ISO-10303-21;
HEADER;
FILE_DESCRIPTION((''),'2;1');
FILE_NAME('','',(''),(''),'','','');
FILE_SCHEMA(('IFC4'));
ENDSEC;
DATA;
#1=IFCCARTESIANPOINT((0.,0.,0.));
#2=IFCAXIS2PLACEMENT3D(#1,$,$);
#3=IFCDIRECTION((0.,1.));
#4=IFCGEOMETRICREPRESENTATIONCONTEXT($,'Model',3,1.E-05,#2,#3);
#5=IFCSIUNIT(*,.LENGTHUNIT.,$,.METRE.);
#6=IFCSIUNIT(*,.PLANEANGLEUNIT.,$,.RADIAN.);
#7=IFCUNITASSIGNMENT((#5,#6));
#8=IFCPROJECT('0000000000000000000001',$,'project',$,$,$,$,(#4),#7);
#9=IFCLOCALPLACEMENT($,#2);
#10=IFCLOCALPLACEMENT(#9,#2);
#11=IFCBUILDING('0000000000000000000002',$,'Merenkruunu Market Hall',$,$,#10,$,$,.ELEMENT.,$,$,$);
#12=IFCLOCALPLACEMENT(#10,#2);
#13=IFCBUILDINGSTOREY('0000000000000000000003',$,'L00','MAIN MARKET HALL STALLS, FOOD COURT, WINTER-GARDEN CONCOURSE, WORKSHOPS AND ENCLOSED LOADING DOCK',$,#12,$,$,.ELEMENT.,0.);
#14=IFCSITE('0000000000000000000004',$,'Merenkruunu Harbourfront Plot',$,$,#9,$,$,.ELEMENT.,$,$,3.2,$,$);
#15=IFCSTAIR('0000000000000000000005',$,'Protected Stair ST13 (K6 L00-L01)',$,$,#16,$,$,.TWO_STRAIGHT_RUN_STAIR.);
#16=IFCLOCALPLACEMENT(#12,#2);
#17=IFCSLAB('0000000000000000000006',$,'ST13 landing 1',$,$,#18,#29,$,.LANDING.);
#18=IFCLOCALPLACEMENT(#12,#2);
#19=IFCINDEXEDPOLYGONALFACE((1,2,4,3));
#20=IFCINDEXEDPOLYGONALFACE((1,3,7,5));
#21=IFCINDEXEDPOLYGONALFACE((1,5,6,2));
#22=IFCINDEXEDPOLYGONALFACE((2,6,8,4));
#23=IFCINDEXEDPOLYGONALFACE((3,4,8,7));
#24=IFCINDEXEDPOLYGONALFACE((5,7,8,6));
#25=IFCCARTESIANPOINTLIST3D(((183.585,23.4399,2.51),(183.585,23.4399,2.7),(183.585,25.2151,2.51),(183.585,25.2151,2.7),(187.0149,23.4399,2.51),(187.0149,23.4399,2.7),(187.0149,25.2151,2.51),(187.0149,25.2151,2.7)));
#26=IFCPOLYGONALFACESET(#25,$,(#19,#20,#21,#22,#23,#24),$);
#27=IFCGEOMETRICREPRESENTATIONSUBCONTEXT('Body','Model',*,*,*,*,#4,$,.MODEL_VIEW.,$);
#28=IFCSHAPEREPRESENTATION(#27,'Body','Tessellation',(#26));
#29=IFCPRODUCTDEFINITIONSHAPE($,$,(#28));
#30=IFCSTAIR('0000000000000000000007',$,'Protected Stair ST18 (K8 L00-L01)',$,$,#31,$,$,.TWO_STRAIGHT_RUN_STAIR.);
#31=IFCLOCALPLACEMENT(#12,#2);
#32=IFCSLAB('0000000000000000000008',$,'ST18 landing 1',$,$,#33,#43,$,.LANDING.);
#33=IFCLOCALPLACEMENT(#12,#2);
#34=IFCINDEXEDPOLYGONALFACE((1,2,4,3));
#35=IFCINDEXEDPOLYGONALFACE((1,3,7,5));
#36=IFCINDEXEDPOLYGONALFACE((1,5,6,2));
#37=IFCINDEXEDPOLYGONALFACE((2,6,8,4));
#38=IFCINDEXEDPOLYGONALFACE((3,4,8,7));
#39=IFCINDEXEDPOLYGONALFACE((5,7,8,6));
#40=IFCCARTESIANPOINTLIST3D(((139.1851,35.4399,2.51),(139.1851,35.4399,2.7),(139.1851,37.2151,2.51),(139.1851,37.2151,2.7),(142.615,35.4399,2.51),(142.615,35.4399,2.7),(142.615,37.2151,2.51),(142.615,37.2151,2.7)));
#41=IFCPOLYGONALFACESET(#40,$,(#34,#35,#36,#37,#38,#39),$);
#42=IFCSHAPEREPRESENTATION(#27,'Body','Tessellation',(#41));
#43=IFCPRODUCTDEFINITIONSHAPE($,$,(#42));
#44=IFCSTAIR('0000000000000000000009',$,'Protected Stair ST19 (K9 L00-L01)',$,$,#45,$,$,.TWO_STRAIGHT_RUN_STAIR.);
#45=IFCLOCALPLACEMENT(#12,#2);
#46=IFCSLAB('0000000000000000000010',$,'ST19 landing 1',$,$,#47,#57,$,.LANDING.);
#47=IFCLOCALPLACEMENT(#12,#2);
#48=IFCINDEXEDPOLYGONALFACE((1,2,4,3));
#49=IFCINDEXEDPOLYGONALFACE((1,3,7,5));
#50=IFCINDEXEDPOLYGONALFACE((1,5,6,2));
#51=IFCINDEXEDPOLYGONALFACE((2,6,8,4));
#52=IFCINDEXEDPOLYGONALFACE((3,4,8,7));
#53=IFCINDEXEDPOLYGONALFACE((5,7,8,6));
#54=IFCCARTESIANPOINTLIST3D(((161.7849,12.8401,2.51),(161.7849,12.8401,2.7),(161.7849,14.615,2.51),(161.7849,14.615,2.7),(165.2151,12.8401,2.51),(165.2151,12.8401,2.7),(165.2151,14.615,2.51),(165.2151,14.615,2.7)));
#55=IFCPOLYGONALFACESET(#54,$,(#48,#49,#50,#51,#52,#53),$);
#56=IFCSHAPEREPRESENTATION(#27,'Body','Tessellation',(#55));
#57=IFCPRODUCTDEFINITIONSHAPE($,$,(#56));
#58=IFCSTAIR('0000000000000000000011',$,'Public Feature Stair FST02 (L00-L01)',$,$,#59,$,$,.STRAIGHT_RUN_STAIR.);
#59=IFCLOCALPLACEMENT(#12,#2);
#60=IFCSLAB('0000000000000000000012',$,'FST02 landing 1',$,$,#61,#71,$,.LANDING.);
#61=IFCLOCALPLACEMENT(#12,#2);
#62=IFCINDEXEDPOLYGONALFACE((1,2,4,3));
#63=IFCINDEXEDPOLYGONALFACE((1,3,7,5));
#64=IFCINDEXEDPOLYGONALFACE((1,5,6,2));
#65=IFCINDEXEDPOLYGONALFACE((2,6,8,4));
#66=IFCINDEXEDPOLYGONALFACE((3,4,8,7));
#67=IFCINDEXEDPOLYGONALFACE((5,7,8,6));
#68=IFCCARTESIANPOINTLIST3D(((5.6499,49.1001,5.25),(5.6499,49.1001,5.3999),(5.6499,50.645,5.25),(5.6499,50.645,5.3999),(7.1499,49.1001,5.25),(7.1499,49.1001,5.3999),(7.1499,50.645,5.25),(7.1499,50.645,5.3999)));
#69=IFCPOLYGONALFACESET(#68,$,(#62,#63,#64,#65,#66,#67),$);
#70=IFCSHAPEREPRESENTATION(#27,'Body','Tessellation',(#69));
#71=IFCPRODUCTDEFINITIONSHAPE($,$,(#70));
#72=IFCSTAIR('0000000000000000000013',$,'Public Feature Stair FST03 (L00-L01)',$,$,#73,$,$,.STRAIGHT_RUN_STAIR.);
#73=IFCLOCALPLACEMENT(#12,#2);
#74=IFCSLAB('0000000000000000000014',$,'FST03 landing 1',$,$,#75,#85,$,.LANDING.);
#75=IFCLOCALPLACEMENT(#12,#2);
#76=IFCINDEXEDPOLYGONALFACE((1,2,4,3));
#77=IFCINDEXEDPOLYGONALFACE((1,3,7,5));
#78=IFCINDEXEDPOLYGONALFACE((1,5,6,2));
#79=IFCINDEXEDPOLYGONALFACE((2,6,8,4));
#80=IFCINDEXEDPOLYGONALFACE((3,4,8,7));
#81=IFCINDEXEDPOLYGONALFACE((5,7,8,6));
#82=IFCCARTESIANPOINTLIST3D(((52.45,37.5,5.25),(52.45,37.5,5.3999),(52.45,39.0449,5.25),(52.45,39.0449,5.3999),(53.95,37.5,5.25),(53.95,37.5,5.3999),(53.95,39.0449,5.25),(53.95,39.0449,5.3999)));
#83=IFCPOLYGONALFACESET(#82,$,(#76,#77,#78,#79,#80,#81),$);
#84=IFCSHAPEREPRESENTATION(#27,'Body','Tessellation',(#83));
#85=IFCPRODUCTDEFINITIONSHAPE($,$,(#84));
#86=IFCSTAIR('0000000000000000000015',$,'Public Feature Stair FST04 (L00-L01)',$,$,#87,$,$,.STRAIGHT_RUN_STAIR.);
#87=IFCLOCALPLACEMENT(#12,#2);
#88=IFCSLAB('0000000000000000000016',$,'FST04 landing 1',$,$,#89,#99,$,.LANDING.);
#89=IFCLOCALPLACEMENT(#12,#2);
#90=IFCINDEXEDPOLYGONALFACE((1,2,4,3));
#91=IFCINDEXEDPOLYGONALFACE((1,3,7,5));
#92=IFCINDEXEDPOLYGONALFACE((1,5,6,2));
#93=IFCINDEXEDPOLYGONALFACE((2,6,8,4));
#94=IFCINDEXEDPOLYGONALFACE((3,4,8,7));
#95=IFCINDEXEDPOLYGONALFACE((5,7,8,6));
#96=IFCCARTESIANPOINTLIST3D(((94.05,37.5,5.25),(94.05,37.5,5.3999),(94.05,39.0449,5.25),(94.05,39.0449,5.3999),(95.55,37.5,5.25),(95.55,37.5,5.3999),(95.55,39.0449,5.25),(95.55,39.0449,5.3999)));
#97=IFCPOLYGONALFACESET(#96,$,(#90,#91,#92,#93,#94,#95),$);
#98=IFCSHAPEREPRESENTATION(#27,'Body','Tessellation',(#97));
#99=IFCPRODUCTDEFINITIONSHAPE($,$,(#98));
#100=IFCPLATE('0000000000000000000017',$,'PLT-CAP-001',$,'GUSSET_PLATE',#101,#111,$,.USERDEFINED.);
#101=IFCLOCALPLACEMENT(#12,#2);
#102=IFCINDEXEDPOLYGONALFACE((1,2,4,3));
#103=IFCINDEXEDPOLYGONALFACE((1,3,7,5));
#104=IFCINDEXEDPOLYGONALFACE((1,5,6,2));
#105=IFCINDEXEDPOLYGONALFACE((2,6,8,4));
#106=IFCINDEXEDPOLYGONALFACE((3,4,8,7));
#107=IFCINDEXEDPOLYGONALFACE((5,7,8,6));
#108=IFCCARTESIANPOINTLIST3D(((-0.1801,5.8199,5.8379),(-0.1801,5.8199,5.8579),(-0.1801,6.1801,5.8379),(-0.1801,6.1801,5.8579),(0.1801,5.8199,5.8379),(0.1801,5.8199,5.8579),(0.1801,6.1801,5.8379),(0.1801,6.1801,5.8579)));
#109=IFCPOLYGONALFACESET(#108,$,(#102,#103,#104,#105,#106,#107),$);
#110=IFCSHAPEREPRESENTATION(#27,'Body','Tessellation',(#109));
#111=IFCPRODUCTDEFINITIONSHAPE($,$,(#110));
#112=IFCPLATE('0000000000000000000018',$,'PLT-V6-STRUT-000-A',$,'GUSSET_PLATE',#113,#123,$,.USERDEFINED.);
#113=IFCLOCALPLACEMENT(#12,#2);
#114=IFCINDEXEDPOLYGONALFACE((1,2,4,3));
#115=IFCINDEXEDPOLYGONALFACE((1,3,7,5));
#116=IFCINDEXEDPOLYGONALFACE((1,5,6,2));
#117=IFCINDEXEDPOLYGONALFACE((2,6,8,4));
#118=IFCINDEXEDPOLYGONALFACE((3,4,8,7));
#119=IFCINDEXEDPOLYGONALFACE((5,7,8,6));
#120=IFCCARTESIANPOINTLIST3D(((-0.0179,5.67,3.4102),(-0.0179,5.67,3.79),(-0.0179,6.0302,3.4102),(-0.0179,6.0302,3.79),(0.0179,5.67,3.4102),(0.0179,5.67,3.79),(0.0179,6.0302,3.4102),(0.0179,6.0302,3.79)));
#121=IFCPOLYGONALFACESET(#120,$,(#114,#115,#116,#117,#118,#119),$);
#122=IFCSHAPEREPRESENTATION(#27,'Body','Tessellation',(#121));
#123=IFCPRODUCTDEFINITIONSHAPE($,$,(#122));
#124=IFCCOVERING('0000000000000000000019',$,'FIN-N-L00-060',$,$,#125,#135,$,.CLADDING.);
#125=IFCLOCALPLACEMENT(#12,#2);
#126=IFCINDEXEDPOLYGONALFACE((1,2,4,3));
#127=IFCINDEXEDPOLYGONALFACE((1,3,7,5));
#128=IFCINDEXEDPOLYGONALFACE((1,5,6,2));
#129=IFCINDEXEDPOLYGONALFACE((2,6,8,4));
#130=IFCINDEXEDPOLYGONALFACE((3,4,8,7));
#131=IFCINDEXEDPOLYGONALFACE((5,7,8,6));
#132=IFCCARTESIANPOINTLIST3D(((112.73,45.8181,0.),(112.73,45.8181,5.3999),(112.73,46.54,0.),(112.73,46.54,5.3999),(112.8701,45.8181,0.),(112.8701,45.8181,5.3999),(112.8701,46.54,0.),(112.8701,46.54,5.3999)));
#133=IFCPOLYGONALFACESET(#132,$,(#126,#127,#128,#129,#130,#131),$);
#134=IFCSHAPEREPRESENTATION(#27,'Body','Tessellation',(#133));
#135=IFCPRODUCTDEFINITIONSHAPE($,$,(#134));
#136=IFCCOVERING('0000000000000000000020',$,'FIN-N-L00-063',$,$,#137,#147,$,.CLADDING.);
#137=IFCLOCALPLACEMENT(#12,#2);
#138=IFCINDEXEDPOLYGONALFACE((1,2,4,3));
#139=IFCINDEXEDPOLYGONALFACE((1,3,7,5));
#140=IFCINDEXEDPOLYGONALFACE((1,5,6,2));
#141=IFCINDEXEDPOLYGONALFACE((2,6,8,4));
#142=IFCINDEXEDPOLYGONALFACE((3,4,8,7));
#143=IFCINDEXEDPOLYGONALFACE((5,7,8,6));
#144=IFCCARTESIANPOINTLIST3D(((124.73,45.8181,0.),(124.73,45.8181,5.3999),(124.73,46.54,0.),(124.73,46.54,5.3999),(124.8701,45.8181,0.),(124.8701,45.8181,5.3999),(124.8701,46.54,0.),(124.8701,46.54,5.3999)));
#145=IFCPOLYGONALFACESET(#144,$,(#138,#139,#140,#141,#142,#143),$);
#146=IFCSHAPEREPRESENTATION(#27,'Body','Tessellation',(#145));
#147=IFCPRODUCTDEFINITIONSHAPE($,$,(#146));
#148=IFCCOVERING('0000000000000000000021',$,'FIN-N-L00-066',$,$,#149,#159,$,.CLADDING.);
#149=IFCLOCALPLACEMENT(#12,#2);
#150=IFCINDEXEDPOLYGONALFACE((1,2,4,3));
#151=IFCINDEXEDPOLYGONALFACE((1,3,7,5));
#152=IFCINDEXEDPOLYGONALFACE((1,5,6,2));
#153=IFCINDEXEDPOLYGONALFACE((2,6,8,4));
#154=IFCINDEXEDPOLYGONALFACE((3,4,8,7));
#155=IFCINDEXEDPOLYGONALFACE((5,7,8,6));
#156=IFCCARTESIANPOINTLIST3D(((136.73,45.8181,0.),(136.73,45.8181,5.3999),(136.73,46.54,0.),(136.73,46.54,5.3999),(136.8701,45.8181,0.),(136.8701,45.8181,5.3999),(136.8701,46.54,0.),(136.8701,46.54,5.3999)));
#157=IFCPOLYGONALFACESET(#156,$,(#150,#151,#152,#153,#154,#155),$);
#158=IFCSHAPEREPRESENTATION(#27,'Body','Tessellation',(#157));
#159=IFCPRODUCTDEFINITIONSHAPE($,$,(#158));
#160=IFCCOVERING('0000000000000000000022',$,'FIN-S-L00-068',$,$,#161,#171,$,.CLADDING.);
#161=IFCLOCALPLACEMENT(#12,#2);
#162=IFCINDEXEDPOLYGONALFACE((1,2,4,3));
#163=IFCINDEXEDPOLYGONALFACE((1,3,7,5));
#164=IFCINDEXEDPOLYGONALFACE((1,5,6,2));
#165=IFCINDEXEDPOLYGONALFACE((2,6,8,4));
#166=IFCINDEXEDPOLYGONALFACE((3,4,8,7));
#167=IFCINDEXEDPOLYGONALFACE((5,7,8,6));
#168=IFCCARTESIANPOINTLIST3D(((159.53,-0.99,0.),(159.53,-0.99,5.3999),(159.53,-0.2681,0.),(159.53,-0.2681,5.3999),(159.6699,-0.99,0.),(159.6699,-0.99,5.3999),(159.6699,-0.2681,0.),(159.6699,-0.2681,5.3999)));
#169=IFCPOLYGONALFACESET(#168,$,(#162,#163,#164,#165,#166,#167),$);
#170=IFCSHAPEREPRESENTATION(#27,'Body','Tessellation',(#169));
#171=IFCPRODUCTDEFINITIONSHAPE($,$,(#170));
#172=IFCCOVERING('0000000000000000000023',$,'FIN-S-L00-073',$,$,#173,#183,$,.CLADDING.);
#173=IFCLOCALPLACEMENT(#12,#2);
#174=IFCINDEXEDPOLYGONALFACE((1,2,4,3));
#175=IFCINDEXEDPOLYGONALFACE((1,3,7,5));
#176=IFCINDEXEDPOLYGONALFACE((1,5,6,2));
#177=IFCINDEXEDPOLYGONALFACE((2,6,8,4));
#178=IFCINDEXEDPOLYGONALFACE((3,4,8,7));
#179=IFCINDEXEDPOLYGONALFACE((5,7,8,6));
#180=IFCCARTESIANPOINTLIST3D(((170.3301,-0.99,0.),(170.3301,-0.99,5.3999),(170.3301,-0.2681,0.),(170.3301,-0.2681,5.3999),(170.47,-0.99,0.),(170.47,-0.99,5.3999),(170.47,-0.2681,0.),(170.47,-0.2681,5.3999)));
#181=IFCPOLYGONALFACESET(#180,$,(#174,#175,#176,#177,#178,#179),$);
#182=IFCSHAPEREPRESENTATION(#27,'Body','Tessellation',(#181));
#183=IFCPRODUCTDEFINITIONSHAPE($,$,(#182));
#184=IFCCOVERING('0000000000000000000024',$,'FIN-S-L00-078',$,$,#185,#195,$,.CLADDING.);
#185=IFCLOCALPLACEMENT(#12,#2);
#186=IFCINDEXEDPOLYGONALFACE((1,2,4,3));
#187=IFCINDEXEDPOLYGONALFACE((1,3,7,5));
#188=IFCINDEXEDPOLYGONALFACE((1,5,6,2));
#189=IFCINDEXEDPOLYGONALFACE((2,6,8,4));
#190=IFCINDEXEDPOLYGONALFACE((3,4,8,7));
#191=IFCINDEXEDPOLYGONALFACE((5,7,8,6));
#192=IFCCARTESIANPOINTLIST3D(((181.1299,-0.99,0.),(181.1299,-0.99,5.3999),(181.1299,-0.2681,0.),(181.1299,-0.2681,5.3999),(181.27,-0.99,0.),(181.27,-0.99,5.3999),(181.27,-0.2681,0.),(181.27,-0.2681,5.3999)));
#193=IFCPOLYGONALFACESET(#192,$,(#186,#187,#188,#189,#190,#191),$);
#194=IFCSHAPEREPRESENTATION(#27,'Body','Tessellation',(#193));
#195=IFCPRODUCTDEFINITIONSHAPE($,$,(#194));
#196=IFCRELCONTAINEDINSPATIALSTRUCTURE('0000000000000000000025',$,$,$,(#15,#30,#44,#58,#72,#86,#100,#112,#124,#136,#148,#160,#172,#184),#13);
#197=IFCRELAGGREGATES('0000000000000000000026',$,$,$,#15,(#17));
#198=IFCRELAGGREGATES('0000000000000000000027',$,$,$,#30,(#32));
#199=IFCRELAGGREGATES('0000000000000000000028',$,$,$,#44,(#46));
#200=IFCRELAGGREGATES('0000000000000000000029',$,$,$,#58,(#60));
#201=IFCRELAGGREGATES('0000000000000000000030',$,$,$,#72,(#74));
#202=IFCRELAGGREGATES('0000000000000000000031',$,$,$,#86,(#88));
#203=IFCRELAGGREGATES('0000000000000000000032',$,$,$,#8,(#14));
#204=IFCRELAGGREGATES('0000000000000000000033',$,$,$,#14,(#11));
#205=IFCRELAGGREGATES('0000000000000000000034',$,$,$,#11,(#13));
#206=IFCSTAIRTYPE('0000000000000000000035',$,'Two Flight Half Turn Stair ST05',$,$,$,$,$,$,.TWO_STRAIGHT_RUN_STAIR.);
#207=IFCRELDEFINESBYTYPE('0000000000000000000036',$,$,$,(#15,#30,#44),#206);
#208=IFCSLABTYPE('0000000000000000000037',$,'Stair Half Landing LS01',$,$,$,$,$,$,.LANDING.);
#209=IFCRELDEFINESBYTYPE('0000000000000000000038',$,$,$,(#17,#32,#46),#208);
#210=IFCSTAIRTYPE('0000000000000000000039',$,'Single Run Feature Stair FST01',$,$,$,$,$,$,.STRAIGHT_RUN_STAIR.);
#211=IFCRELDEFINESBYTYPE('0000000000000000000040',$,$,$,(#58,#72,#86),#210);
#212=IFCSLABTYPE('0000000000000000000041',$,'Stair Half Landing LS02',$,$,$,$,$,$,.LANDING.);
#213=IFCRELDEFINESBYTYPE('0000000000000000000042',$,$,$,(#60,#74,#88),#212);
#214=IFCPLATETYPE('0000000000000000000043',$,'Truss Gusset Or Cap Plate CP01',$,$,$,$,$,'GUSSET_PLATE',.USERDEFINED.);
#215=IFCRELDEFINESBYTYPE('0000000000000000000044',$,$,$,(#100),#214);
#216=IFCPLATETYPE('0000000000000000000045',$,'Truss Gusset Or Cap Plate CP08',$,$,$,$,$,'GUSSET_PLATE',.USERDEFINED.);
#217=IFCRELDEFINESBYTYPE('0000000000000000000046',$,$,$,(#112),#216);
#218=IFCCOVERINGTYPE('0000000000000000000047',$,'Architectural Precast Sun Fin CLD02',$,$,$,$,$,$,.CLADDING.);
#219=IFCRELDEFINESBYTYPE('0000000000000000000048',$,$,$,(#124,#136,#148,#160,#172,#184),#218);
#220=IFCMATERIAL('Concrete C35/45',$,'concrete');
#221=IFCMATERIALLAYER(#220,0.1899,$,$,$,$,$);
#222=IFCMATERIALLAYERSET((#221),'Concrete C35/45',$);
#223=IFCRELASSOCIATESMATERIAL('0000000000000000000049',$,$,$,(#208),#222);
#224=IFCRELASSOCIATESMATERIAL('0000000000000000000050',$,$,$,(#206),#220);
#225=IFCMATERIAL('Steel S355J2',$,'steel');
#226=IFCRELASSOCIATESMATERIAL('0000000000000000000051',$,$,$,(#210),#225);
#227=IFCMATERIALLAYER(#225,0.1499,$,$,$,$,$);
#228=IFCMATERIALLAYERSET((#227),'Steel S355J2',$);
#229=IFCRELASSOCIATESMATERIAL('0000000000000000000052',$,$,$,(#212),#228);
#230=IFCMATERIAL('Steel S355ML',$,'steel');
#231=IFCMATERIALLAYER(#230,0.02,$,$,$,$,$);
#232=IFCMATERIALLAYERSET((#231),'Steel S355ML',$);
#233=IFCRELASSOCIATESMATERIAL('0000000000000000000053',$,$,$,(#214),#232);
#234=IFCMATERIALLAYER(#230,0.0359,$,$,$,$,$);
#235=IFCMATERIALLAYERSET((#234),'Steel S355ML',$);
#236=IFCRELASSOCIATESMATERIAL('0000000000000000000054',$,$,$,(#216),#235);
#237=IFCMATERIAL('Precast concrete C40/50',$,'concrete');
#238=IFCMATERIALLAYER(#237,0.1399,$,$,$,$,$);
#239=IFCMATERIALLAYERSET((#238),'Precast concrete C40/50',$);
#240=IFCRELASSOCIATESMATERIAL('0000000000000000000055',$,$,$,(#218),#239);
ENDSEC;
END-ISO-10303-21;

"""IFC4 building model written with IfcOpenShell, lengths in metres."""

from ifc_helpers import new_model, si_unit, direction, frame, origin, origin_2d, place, context, subcontext, project, spatial, polyline, rectangle, outline, extrude, material, layer, layer_set, type_object, element, aggregate, save


model = new_model("IFC4")

# Units and contexts
model_context = context("Model", 3, precision=1e-05, world=origin(), true_north=direction((0.0, 1.0)))
body_context = subcontext(model_context, "Body", "Model", "MODEL_VIEW")
ifc_project = project(units=[si_unit("LENGTHUNIT", "METRE"), si_unit("PLANEANGLEUNIT", "RADIAN")], contexts=[model_context])

# Site, building, storey
site_placement = place(None, origin())
site = spatial("IfcSite", under=ifc_project, at=site_placement, Name="Merenkruunu Harbourfront Plot", CompositionType="ELEMENT", RefElevation=3.2)
building_placement = place(site_placement, origin())
building = spatial("IfcBuilding", under=site, at=building_placement, Name="Merenkruunu Market Hall", CompositionType="ELEMENT")
storey_placement = place(building_placement, origin())
storey = spatial("IfcBuildingStorey", under=building, at=storey_placement, Name="L00", Description="MAIN MARKET HALL STALLS, FOOD COURT, WINTER-GARDEN CONCOURSE, WORKSHOPS AND ENCLOSED LOADING DOCK", CompositionType="ELEMENT", Elevation=0.0)

# Shared definitions
ifc_material_1 = material(Name="Steel S355ML", Category="steel")

# Shared definitions
ifc_material_2 = material(Name="Steel S355J2", Category="steel")

# Stairs, slabs
ifc_material_3 = material(Name="Concrete C35/45", Category="concrete")
ifc_layer_1 = layer(ifc_material_3, 0.1899)
ifc_layer_set_1 = layer_set([ifc_layer_1], Name="Concrete C35/45")
slab_type_1 = type_object("IfcSlabType", Name="Stair Half Landing LS01", PredefinedType="LANDING", material=ifc_layer_set_1)
stair_type_1 = type_object("IfcStairType", Name="Two Flight Half Turn Stair ST05", PredefinedType="TWO_STRAIGHT_RUN_STAIR", material=ifc_material_3)
stair_1_placement = place(storey_placement, origin())
stair_1 = element("IfcStair", 1, at=stair_1_placement, inside=storey, type_object=stair_type_1, Name="Protected Stair ST13 (K6 L00-L01)", PredefinedType="TWO_STRAIGHT_RUN_STAIR")
slab_1_placement = place(storey_placement, frame((0.0, 0.0, 2.51)))
slab_1 = element("IfcSlab", 2, at=slab_1_placement, type_object=slab_type_1, Name="ST13 landing 1", PredefinedType="LANDING", context=body_context, shape_type="SweptSolid", body=[
    extrude(outline(polyline([(183.585, 23.4399), (187.0149, 23.4399), (187.0149, 25.2151), (183.585, 25.2151), (183.585, 23.4399)])), origin(), (0.0, 0.0, 1.0), 0.1899),
])
aggregate(stair_1, [slab_1])
stair_2_placement = place(storey_placement, origin())
stair_2 = element("IfcStair", 3, at=stair_2_placement, inside=storey, type_object=stair_type_1, Name="Protected Stair ST18 (K8 L00-L01)", PredefinedType="TWO_STRAIGHT_RUN_STAIR")
slab_2_placement = place(storey_placement, frame((0.0, 0.0, 2.51)))
slab_2 = element("IfcSlab", 4, at=slab_2_placement, type_object=slab_type_1, Name="ST18 landing 1", PredefinedType="LANDING", context=body_context, shape_type="SweptSolid", body=[
    extrude(outline(polyline([(139.1851, 35.4399), (142.615, 35.4399), (142.615, 37.2151), (139.1851, 37.2151), (139.1851, 35.4399)])), origin(), (0.0, 0.0, 1.0), 0.1899),
])
aggregate(stair_2, [slab_2])
stair_3_placement = place(storey_placement, origin())
stair_3 = element("IfcStair", 5, at=stair_3_placement, inside=storey, type_object=stair_type_1, Name="Protected Stair ST19 (K9 L00-L01)", PredefinedType="TWO_STRAIGHT_RUN_STAIR")
slab_3_placement = place(storey_placement, frame((0.0, 0.0, 2.51)))
slab_3 = element("IfcSlab", 6, at=slab_3_placement, type_object=slab_type_1, Name="ST19 landing 1", PredefinedType="LANDING", context=body_context, shape_type="SweptSolid", body=[
    extrude(outline(polyline([(161.7849, 12.8401), (165.2151, 12.8401), (165.2151, 14.615), (161.7849, 14.615), (161.7849, 12.8401)])), origin(), (0.0, 0.0, 1.0), 0.1899),
])
aggregate(stair_3, [slab_3])
stair_type_2 = type_object("IfcStairType", Name="Single Run Feature Stair FST01", PredefinedType="STRAIGHT_RUN_STAIR", material=ifc_material_2)
stair_4_placement = place(storey_placement, origin())
stair_4 = element("IfcStair", 7, at=stair_4_placement, inside=storey, type_object=stair_type_2, Name="Public Feature Stair FST02 (L00-L01)", PredefinedType="STRAIGHT_RUN_STAIR")
ifc_layer_2 = layer(ifc_material_2, 0.1499)
ifc_layer_set_2 = layer_set([ifc_layer_2], Name="Steel S355J2")
slab_type_2 = type_object("IfcSlabType", Name="Stair Half Landing LS02", PredefinedType="LANDING", material=ifc_layer_set_2)
slab_4_placement = place(storey_placement, frame((0.0, 0.0, 5.25)))
slab_4 = element("IfcSlab", 8, at=slab_4_placement, type_object=slab_type_2, Name="FST02 landing 1", PredefinedType="LANDING", context=body_context, shape_type="SweptSolid", body=[
    extrude(outline(polyline([(5.6499, 49.1001), (7.1499, 49.1001), (7.1499, 50.645), (5.6499, 50.645), (5.6499, 49.1001)])), origin(), (0.0, 0.0, 1.0), 0.1499),
])
aggregate(stair_4, [slab_4])
stair_5_placement = place(storey_placement, origin())
stair_5 = element("IfcStair", 9, at=stair_5_placement, inside=storey, type_object=stair_type_2, Name="Public Feature Stair FST03 (L00-L01)", PredefinedType="STRAIGHT_RUN_STAIR")
slab_5_placement = place(storey_placement, frame((0.0, 0.0, 5.25)))
slab_5 = element("IfcSlab", 10, at=slab_5_placement, type_object=slab_type_2, Name="FST03 landing 1", PredefinedType="LANDING", context=body_context, shape_type="SweptSolid", body=[
    extrude(outline(polyline([(52.45, 37.5), (53.95, 37.5), (53.95, 39.0449), (52.45, 39.0449), (52.45, 37.5)])), origin(), (0.0, 0.0, 1.0), 0.1499),
])
aggregate(stair_5, [slab_5])
stair_6_placement = place(storey_placement, origin())
stair_6 = element("IfcStair", 11, at=stair_6_placement, inside=storey, type_object=stair_type_2, Name="Public Feature Stair FST04 (L00-L01)", PredefinedType="STRAIGHT_RUN_STAIR")
slab_6_placement = place(storey_placement, frame((0.0, 0.0, 5.25)))
slab_6 = element("IfcSlab", 12, at=slab_6_placement, type_object=slab_type_2, Name="FST04 landing 1", PredefinedType="LANDING", context=body_context, shape_type="SweptSolid", body=[
    extrude(outline(polyline([(94.05, 37.5), (95.55, 37.5), (95.55, 39.0449), (94.05, 39.0449), (94.05, 37.5)])), origin(), (0.0, 0.0, 1.0), 0.1499),
])
aggregate(stair_6, [slab_6])

# Plates
ifc_layer_3 = layer(ifc_material_1, 0.02)
ifc_layer_set_3 = layer_set([ifc_layer_3], Name="Steel S355ML")
plate_type_1 = type_object("IfcPlateType", Name="Truss Gusset Or Cap Plate CP01", ElementType="GUSSET_PLATE", PredefinedType="USERDEFINED", material=ifc_layer_set_3)
plate_1_placement = place(storey_placement, frame((0.0, 6.0, 5.8379), z_axis=(0.0, 0.0, 1.0), x_axis=(1.0, 0.0, 0.0)))
element("IfcPlate", 13, at=plate_1_placement, inside=storey, type_object=plate_type_1, Name="PLT-CAP-001", ObjectType="GUSSET_PLATE", PredefinedType="USERDEFINED", context=body_context, shape_type="SweptSolid", body=[
    extrude(rectangle(XDim=0.3601, YDim=0.3601, at=origin_2d()), origin(), (0.0, 0.0, 1.0), 0.02),
])
ifc_layer_4 = layer(ifc_material_1, 0.0359)
ifc_layer_set_4 = layer_set([ifc_layer_4], Name="Steel S355ML")
plate_type_2 = type_object("IfcPlateType", Name="Truss Gusset Or Cap Plate CP08", ElementType="GUSSET_PLATE", PredefinedType="USERDEFINED", material=ifc_layer_set_4)
plate_2_placement = place(storey_placement, frame((0.0, 5.8501, 3.4102), z_axis=(0.0, 0.0, 1.0), x_axis=(1.0, 0.0, 0.0)))
element("IfcPlate", 14, at=plate_2_placement, inside=storey, type_object=plate_type_2, Name="PLT-V6-STRUT-000-A", ObjectType="GUSSET_PLATE", PredefinedType="USERDEFINED", context=body_context, shape_type="SweptSolid", body=[
    extrude(rectangle(XDim=0.0359, YDim=0.3601, at=origin_2d()), origin(), (0.0, 0.0, 1.0), 0.3799),
])

# Coverings
ifc_material_4 = material(Name="Precast concrete C40/50", Category="concrete")
ifc_layer_5 = layer(ifc_material_4, 0.1399)
ifc_layer_set_5 = layer_set([ifc_layer_5], Name="Precast concrete C40/50")
covering_type_1 = type_object("IfcCoveringType", Name="Architectural Precast Sun Fin CLD02", PredefinedType="CLADDING", material=ifc_layer_set_5)
covering_1_placement = place(storey_placement, origin())
element("IfcCovering", 15, at=covering_1_placement, inside=storey, type_object=covering_type_1, Name="FIN-N-L00-060", PredefinedType="CLADDING", context=body_context, shape_type="SweptSolid", body=[
    extrude(outline(polyline([(112.73, 45.8181), (112.8701, 45.8181), (112.8701, 46.54), (112.73, 46.54), (112.73, 45.8181)])), origin(), (0.0, 0.0, 1.0), 5.3999),
])
covering_2_placement = place(storey_placement, origin())
element("IfcCovering", 16, at=covering_2_placement, inside=storey, type_object=covering_type_1, Name="FIN-N-L00-063", PredefinedType="CLADDING", context=body_context, shape_type="SweptSolid", body=[
    extrude(outline(polyline([(124.73, 45.8181), (124.8701, 45.8181), (124.8701, 46.54), (124.73, 46.54), (124.73, 45.8181)])), origin(), (0.0, 0.0, 1.0), 5.3999),
])
covering_3_placement = place(storey_placement, origin())
element("IfcCovering", 17, at=covering_3_placement, inside=storey, type_object=covering_type_1, Name="FIN-N-L00-066", PredefinedType="CLADDING", context=body_context, shape_type="SweptSolid", body=[
    extrude(outline(polyline([(136.73, 45.8181), (136.8701, 45.8181), (136.8701, 46.54), (136.73, 46.54), (136.73, 45.8181)])), origin(), (0.0, 0.0, 1.0), 5.3999),
])
covering_4_placement = place(storey_placement, origin())
element("IfcCovering", 18, at=covering_4_placement, inside=storey, type_object=covering_type_1, Name="FIN-S-L00-068", PredefinedType="CLADDING", context=body_context, shape_type="SweptSolid", body=[
    extrude(outline(polyline([(159.53, -0.99), (159.6699, -0.99), (159.6699, -0.2681), (159.53, -0.2681), (159.53, -0.99)])), origin(), (0.0, 0.0, 1.0), 5.3999),
])
covering_5_placement = place(storey_placement, origin())
element("IfcCovering", 19, at=covering_5_placement, inside=storey, type_object=covering_type_1, Name="FIN-S-L00-073", PredefinedType="CLADDING", context=body_context, shape_type="SweptSolid", body=[
    extrude(outline(polyline([(170.3301, -0.99), (170.47, -0.99), (170.47, -0.2681), (170.3301, -0.2681), (170.3301, -0.99)])), origin(), (0.0, 0.0, 1.0), 5.3999),
])
covering_6_placement = place(storey_placement, origin())
element("IfcCovering", 20, at=covering_6_placement, inside=storey, type_object=covering_type_1, Name="FIN-S-L00-078", PredefinedType="CLADDING", context=body_context, shape_type="SweptSolid", body=[
    extrude(outline(polyline([(181.1299, -0.99), (181.27, -0.99), (181.27, -0.2681), (181.1299, -0.2681), (181.1299, -0.99)])), origin(), (0.0, 0.0, 1.0), 5.3999),
])

save(model, "model.ifc")
